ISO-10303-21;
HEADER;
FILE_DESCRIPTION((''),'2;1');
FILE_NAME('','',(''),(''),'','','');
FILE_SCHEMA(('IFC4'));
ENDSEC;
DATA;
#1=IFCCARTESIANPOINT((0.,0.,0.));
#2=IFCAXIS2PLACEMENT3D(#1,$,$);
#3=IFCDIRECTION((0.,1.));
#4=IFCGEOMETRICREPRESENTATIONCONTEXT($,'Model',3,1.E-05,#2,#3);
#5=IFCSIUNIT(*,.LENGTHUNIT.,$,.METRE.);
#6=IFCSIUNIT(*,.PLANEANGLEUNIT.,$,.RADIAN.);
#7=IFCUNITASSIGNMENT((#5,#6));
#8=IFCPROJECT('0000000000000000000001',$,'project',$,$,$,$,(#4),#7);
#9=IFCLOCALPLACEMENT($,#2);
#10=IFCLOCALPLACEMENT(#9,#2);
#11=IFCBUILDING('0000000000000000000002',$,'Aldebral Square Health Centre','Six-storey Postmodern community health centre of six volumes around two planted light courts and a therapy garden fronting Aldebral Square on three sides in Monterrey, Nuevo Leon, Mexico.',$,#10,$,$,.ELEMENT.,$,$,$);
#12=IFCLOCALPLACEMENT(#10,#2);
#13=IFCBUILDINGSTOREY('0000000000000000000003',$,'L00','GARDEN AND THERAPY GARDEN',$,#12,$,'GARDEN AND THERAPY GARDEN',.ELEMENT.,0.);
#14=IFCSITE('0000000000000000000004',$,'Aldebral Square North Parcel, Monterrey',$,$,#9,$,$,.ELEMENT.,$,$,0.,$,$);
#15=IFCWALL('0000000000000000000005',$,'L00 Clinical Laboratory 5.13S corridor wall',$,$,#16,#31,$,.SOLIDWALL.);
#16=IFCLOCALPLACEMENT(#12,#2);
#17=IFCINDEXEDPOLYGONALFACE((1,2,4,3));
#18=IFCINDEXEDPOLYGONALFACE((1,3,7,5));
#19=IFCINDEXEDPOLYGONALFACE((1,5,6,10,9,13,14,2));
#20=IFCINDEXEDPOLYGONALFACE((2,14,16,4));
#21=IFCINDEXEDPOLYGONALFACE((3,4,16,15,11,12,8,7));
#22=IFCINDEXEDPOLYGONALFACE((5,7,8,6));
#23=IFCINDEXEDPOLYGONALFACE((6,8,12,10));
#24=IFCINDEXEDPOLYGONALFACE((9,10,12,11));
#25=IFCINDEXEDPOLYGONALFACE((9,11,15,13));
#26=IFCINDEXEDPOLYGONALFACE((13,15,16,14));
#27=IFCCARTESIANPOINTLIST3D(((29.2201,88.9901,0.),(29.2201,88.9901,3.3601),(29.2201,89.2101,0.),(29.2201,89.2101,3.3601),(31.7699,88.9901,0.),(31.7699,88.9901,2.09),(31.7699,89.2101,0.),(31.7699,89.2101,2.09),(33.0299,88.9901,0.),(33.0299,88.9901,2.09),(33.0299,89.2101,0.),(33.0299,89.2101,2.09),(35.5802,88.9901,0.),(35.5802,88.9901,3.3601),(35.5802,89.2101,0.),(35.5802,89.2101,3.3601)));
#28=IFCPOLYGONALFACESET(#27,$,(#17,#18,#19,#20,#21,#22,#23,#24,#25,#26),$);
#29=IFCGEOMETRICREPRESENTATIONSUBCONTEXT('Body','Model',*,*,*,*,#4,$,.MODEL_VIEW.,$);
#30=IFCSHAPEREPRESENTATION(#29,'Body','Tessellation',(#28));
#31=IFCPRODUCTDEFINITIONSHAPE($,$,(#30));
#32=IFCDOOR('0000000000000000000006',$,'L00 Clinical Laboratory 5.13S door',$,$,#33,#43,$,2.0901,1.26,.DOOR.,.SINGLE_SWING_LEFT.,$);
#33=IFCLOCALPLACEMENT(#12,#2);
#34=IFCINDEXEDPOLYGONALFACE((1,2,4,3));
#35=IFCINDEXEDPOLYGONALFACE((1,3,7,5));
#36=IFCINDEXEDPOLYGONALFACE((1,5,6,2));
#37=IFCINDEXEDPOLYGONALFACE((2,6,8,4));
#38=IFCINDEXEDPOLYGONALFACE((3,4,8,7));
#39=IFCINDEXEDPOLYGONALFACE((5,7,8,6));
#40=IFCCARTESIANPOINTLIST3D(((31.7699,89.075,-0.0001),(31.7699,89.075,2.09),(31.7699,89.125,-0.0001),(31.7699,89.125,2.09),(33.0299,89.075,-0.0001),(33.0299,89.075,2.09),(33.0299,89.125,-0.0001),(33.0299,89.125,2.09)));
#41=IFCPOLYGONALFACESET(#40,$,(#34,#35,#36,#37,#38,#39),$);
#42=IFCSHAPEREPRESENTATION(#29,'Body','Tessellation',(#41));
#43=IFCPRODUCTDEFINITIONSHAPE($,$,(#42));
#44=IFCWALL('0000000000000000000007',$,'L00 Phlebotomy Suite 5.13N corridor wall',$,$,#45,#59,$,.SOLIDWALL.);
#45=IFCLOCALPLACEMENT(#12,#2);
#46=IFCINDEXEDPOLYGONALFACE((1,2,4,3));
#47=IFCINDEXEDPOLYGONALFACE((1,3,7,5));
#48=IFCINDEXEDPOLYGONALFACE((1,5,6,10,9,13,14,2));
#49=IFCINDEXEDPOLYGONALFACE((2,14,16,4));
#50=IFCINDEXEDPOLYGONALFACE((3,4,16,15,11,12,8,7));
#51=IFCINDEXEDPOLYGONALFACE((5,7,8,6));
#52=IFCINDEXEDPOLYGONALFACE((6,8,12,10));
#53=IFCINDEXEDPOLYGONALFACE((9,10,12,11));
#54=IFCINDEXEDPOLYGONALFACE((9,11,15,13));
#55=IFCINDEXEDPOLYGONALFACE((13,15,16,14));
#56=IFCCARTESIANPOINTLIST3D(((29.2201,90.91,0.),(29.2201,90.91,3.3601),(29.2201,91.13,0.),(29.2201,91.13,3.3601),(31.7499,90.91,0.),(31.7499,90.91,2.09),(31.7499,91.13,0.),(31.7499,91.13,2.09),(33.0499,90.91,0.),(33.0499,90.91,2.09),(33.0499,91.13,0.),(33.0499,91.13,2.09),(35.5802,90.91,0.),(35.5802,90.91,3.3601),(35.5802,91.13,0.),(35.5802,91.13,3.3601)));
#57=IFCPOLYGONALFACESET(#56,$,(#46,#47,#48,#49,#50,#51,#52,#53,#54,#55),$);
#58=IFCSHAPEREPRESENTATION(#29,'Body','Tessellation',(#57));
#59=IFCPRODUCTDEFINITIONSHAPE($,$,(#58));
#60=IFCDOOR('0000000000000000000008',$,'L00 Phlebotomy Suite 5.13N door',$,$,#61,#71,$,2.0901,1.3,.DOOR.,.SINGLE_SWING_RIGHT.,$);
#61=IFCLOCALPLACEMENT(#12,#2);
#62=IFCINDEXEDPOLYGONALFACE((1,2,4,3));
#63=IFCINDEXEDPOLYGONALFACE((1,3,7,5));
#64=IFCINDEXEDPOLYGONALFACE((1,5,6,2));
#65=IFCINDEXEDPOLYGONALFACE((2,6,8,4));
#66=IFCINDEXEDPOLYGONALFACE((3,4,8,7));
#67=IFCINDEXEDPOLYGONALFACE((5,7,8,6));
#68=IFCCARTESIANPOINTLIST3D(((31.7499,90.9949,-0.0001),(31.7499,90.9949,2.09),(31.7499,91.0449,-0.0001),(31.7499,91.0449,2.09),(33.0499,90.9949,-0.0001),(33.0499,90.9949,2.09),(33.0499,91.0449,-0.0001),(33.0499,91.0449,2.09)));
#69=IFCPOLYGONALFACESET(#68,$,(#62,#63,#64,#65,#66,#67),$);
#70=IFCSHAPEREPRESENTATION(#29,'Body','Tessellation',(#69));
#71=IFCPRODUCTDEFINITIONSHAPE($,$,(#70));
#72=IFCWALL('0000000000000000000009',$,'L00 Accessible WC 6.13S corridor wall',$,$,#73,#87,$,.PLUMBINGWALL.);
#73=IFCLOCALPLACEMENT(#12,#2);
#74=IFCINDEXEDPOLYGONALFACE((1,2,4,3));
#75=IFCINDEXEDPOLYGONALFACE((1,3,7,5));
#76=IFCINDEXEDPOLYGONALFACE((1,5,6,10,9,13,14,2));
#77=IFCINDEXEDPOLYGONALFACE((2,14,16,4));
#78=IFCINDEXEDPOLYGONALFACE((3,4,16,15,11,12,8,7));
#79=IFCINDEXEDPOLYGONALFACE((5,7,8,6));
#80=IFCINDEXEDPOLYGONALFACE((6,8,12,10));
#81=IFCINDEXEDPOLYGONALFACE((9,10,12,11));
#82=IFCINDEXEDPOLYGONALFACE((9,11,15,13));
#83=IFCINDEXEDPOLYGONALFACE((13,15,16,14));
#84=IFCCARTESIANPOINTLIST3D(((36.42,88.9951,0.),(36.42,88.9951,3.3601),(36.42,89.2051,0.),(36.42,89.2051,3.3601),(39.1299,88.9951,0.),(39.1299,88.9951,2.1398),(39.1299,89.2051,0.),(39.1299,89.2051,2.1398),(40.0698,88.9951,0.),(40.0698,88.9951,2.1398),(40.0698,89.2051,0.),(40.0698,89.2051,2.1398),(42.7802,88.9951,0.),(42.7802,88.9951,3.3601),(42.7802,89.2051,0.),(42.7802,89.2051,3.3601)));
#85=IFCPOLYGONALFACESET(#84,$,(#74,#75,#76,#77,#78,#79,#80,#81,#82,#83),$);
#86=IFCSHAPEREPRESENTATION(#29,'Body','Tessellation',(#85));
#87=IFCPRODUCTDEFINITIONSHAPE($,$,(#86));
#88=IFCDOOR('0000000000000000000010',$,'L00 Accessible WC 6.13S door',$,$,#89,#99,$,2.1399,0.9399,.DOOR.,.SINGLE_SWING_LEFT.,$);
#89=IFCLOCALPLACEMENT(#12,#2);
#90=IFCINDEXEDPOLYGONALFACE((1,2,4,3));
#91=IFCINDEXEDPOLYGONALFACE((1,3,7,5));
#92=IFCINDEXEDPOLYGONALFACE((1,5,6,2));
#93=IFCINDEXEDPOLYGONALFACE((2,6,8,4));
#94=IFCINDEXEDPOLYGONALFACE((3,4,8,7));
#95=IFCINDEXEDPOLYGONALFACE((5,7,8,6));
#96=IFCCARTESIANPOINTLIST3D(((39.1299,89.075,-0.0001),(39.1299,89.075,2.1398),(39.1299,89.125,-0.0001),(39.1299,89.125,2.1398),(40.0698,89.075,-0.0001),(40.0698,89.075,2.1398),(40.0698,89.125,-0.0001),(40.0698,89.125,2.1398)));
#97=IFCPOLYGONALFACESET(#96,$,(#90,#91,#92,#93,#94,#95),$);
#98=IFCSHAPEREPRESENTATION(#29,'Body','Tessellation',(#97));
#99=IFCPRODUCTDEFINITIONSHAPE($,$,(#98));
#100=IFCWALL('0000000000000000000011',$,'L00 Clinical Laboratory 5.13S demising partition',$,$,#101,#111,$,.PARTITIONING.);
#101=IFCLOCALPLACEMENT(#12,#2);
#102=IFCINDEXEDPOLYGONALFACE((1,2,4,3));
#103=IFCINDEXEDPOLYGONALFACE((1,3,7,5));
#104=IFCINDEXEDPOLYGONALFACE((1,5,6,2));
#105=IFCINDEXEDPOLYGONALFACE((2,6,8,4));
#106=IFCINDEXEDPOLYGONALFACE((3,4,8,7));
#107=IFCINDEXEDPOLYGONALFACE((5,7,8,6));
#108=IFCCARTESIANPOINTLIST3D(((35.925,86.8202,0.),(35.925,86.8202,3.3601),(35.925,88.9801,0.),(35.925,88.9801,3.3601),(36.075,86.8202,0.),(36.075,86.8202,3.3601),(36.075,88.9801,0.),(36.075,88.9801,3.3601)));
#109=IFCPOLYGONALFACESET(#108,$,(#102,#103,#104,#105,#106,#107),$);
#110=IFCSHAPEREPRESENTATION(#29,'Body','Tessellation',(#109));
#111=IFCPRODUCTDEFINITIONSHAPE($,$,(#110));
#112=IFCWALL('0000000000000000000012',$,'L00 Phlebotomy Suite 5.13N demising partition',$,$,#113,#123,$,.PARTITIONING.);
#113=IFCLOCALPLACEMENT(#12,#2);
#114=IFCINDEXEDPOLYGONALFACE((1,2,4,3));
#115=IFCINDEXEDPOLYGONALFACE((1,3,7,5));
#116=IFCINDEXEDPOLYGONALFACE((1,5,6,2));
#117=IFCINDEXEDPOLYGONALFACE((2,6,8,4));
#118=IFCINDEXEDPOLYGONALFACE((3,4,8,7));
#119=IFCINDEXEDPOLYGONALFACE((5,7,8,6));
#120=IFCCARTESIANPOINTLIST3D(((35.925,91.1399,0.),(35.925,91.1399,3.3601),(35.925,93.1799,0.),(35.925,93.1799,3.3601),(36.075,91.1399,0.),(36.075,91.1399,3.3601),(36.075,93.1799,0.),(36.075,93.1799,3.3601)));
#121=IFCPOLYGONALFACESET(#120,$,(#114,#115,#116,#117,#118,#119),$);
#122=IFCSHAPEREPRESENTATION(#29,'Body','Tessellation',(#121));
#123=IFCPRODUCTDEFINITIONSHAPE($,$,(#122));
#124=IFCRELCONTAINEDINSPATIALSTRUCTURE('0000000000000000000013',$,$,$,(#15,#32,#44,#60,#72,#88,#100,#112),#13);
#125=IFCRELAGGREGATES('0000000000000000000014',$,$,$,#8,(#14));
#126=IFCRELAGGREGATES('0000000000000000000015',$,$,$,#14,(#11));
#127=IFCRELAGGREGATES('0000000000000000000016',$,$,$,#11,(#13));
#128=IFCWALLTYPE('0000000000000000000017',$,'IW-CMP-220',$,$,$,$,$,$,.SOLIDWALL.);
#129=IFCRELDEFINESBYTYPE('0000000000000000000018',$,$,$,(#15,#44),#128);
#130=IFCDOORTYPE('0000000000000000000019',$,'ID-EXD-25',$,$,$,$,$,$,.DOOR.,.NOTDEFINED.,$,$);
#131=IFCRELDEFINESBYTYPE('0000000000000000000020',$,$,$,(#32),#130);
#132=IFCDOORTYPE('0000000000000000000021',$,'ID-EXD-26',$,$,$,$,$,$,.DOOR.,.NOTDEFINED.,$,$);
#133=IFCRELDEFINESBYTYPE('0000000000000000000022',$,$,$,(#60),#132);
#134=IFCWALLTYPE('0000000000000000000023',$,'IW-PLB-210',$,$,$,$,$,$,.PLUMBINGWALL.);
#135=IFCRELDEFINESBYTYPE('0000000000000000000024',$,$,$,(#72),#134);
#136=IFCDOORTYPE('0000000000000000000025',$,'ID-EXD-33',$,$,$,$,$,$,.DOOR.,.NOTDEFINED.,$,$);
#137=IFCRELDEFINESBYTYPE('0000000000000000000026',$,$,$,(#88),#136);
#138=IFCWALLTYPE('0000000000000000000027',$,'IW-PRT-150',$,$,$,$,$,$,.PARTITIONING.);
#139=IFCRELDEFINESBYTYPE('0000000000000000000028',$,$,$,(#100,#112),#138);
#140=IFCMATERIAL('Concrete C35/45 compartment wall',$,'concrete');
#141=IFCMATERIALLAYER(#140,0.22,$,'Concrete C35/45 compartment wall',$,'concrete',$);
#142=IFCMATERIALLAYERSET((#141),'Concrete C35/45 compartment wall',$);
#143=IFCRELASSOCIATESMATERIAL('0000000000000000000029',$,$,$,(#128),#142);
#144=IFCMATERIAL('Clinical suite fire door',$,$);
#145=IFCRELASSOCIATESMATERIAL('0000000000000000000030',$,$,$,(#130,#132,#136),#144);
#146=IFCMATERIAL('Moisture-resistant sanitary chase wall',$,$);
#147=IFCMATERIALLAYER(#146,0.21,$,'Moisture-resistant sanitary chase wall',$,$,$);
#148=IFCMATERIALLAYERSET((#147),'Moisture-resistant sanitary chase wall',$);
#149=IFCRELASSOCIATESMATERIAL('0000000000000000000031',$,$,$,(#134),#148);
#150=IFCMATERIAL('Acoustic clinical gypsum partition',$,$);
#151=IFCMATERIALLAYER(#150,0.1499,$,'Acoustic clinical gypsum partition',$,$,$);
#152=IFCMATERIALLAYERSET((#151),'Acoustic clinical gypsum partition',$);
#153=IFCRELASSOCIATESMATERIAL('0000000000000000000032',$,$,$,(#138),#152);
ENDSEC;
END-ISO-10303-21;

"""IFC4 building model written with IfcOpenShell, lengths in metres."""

from ifc_helpers import new_model, si_unit, direction, frame, frame_2d, origin, place, context, subcontext, project, spatial, rectangle, extrude, material, layer, layer_set, type_object, element, fill, save


model = new_model("IFC4")

# Units and contexts
model_context = context("Model", 3, precision=1e-05, world=origin(), true_north=direction((0.0, 1.0)))
body_context = subcontext(model_context, "Body", "Model", "MODEL_VIEW")
ifc_project = project(units=[si_unit("LENGTHUNIT", "METRE"), si_unit("PLANEANGLEUNIT", "RADIAN")], contexts=[model_context])

# Site, building, storey
site_placement = place(None, origin())
site = spatial("IfcSite", under=ifc_project, at=site_placement, Name="Aldebral Square North Parcel, Monterrey", CompositionType="ELEMENT", RefElevation=0.0)
building_placement = place(site_placement, origin())
building = spatial("IfcBuilding", under=site, at=building_placement, Name="Aldebral Square Health Centre", Description="Six-storey Postmodern community health centre of six volumes around two planted light courts and a therapy garden fronting Aldebral Square on three sides in Monterrey, Nuevo Leon, Mexico.", CompositionType="ELEMENT")
storey_placement = place(building_placement, origin())
storey = spatial("IfcBuildingStorey", under=building, at=storey_placement, Name="L00", Description="GARDEN AND THERAPY GARDEN", LongName="GARDEN AND THERAPY GARDEN", CompositionType="ELEMENT", Elevation=0.0)

# Walls, openings, doors
ifc_material_1 = material(Name="Concrete C35/45 compartment wall", Category="concrete")
ifc_material_2 = material(Name="Clinical suite fire door")
ifc_layer_1 = layer(ifc_material_1, 0.22, Name="Concrete C35/45 compartment wall", Category="concrete")
ifc_layer_set_1 = layer_set([ifc_layer_1], Name="Concrete C35/45 compartment wall")
wall_type_1 = type_object("IfcWallType", Name="IW-CMP-220", PredefinedType="SOLIDWALL", material=ifc_layer_set_1)
wall_1_placement = place(storey_placement, frame((29.22, 89.1001, 0.0), z_axis=(0.0, 0.0, 1.0), x_axis=(1.0, 0.0, 0.0)))
wall_1 = element("IfcWall", 1, at=wall_1_placement, inside=storey, type_object=wall_type_1, Name="L00 Clinical Laboratory 5.13S corridor wall", PredefinedType="SOLIDWALL", context=body_context, shape_type="SweptSolid", body=[
    extrude(rectangle(XDim=6.3601, YDim=0.22, at=frame_2d((3.1802, 0.0))), origin(), (0.0, 0.0, 1.0), 3.3601),
])
opening_1_placement = place(wall_1_placement, frame((2.55, 0.0, 0.0)))
opening_1 = element("IfcOpeningElement", 2, at=opening_1_placement, cuts=wall_1, PredefinedType="OPENING", context=body_context, shape_type="SweptSolid", body=[
    extrude(rectangle(XDim=1.26, YDim=2.0901, at=frame_2d((0.6299, 1.0449))), frame((0.0, 0.1201, 0.0), z_axis=(0.0, -1.0, 0.0), x_axis=(1.0, 0.0, 0.0)), (0.0, 0.0, 1.0), 0.24),
])
door_type_1 = type_object("IfcDoorType", Name="ID-EXD-25", OperationType="NOTDEFINED", PredefinedType="DOOR", material=ifc_material_2)
door_1_placement = place(opening_1_placement, origin())
door_1 = element("IfcDoor", 3, at=door_1_placement, inside=storey, type_object=door_type_1, Name="L00 Clinical Laboratory 5.13S door", OperationType="SINGLE_SWING_LEFT", OverallHeight=2.0901, OverallWidth=1.26, PredefinedType="DOOR", context=body_context, shape_type="SweptSolid", body=[
    extrude(rectangle(XDim=1.26, YDim=2.0901, at=frame_2d((0.6299, 1.0449))), frame((0.0, 0.0249, 0.0), z_axis=(0.0, -1.0, 0.0), x_axis=(1.0, 0.0, 0.0)), (0.0, 0.0, 1.0), 0.05),
])
fill(opening_1, door_1)
wall_2_placement = place(storey_placement, frame((29.22, 91.02, 0.0), z_axis=(0.0, 0.0, 1.0), x_axis=(1.0, 0.0, 0.0)))
wall_2 = element("IfcWall", 4, at=wall_2_placement, inside=storey, type_object=wall_type_1, Name="L00 Phlebotomy Suite 5.13N corridor wall", PredefinedType="SOLIDWALL", context=body_context, shape_type="SweptSolid", body=[
    extrude(rectangle(XDim=6.3601, YDim=0.22, at=frame_2d((3.1802, 0.0))), origin(), (0.0, 0.0, 1.0), 3.3601),
])
opening_2_placement = place(wall_2_placement, frame((2.53, 0.0, 0.0)))
opening_2 = element("IfcOpeningElement", 5, at=opening_2_placement, cuts=wall_2, PredefinedType="OPENING", context=body_context, shape_type="SweptSolid", body=[
    extrude(rectangle(XDim=1.3, YDim=2.0901, at=frame_2d((0.6499, 1.0449))), frame((0.0, 0.1201, 0.0), z_axis=(0.0, -1.0, 0.0), x_axis=(1.0, 0.0, 0.0)), (0.0, 0.0, 1.0), 0.24),
])
door_type_2 = type_object("IfcDoorType", Name="ID-EXD-26", OperationType="NOTDEFINED", PredefinedType="DOOR", material=ifc_material_2)
door_2_placement = place(opening_2_placement, origin())
door_2 = element("IfcDoor", 6, at=door_2_placement, inside=storey, type_object=door_type_2, Name="L00 Phlebotomy Suite 5.13N door", OperationType="SINGLE_SWING_RIGHT", OverallHeight=2.0901, OverallWidth=1.3, PredefinedType="DOOR", context=body_context, shape_type="SweptSolid", body=[
    extrude(rectangle(XDim=1.3, YDim=2.0901, at=frame_2d((0.6499, 1.0449))), frame((0.0, 0.0249, 0.0), z_axis=(0.0, -1.0, 0.0), x_axis=(1.0, 0.0, 0.0)), (0.0, 0.0, 1.0), 0.05),
])
fill(opening_2, door_2)
ifc_material_3 = material(Name="Moisture-resistant sanitary chase wall")
ifc_layer_2 = layer(ifc_material_3, 0.21, Name="Moisture-resistant sanitary chase wall")
ifc_layer_set_2 = layer_set([ifc_layer_2], Name="Moisture-resistant sanitary chase wall")
wall_type_2 = type_object("IfcWallType", Name="IW-PLB-210", PredefinedType="PLUMBINGWALL", material=ifc_layer_set_2)
wall_3_placement = place(storey_placement, frame((36.4199, 89.1001, 0.0), z_axis=(0.0, 0.0, 1.0), x_axis=(1.0, 0.0, 0.0)))
wall_3 = element("IfcWall", 7, at=wall_3_placement, inside=storey, type_object=wall_type_2, Name="L00 Accessible WC 6.13S corridor wall", PredefinedType="PLUMBINGWALL", context=body_context, shape_type="SweptSolid", body=[
    extrude(rectangle(XDim=6.3601, YDim=0.21, at=frame_2d((3.1802, 0.0))), origin(), (0.0, 0.0, 1.0), 3.3601),
])
opening_3_placement = place(wall_3_placement, frame((2.71, 0.0, 0.0)))
opening_3 = element("IfcOpeningElement", 8, at=opening_3_placement, cuts=wall_3, PredefinedType="OPENING", context=body_context, shape_type="SweptSolid", body=[
    extrude(rectangle(XDim=0.9399, YDim=2.1399, at=frame_2d((0.47, 1.0698))), frame((0.0, 0.115, 0.0), z_axis=(0.0, -1.0, 0.0), x_axis=(1.0, 0.0, 0.0)), (0.0, 0.0, 1.0), 0.23),
])
door_type_3 = type_object("IfcDoorType", Name="ID-EXD-33", OperationType="NOTDEFINED", PredefinedType="DOOR", material=ifc_material_2)
door_3_placement = place(opening_3_placement, origin())
door_3 = element("IfcDoor", 9, at=door_3_placement, inside=storey, type_object=door_type_3, Name="L00 Accessible WC 6.13S door", OperationType="SINGLE_SWING_LEFT", OverallHeight=2.1399, OverallWidth=0.9399, PredefinedType="DOOR", context=body_context, shape_type="SweptSolid", body=[
    extrude(rectangle(XDim=0.9399, YDim=2.1399, at=frame_2d((0.47, 1.0698))), frame((0.0, 0.0249, 0.0), z_axis=(0.0, -1.0, 0.0), x_axis=(1.0, 0.0, 0.0)), (0.0, 0.0, 1.0), 0.05),
])
fill(opening_3, door_3)

# Walls
ifc_material_4 = material(Name="Acoustic clinical gypsum partition")
ifc_layer_3 = layer(ifc_material_4, 0.1499, Name="Acoustic clinical gypsum partition")
ifc_layer_set_3 = layer_set([ifc_layer_3], Name="Acoustic clinical gypsum partition")
wall_type_3 = type_object("IfcWallType", Name="IW-PRT-150", PredefinedType="PARTITIONING", material=ifc_layer_set_3)
wall_4_placement = place(storey_placement, frame((36.0, 86.8201, 0.0), z_axis=(0.0, 0.0, 1.0), x_axis=(0.0, 1.0, 0.0)))
element("IfcWall", 10, at=wall_4_placement, inside=storey, type_object=wall_type_3, Name="L00 Clinical Laboratory 5.13S demising partition", PredefinedType="PARTITIONING", context=body_context, shape_type="SweptSolid", body=[
    extrude(rectangle(XDim=2.1599, YDim=0.1499, at=frame_2d((1.0801, 0.0))), origin(), (0.0, 0.0, 1.0), 3.3601),
])
wall_5_placement = place(storey_placement, frame((36.0, 91.1399, 0.0), z_axis=(0.0, 0.0, 1.0), x_axis=(0.0, 1.0, 0.0)))
element("IfcWall", 11, at=wall_5_placement, inside=storey, type_object=wall_type_3, Name="L00 Phlebotomy Suite 5.13N demising partition", PredefinedType="PARTITIONING", context=body_context, shape_type="SweptSolid", body=[
    extrude(rectangle(XDim=2.04, YDim=0.1499, at=frame_2d((1.02, 0.0))), origin(), (0.0, 0.0, 1.0), 3.3601),
])

save(model, "model.ifc")
